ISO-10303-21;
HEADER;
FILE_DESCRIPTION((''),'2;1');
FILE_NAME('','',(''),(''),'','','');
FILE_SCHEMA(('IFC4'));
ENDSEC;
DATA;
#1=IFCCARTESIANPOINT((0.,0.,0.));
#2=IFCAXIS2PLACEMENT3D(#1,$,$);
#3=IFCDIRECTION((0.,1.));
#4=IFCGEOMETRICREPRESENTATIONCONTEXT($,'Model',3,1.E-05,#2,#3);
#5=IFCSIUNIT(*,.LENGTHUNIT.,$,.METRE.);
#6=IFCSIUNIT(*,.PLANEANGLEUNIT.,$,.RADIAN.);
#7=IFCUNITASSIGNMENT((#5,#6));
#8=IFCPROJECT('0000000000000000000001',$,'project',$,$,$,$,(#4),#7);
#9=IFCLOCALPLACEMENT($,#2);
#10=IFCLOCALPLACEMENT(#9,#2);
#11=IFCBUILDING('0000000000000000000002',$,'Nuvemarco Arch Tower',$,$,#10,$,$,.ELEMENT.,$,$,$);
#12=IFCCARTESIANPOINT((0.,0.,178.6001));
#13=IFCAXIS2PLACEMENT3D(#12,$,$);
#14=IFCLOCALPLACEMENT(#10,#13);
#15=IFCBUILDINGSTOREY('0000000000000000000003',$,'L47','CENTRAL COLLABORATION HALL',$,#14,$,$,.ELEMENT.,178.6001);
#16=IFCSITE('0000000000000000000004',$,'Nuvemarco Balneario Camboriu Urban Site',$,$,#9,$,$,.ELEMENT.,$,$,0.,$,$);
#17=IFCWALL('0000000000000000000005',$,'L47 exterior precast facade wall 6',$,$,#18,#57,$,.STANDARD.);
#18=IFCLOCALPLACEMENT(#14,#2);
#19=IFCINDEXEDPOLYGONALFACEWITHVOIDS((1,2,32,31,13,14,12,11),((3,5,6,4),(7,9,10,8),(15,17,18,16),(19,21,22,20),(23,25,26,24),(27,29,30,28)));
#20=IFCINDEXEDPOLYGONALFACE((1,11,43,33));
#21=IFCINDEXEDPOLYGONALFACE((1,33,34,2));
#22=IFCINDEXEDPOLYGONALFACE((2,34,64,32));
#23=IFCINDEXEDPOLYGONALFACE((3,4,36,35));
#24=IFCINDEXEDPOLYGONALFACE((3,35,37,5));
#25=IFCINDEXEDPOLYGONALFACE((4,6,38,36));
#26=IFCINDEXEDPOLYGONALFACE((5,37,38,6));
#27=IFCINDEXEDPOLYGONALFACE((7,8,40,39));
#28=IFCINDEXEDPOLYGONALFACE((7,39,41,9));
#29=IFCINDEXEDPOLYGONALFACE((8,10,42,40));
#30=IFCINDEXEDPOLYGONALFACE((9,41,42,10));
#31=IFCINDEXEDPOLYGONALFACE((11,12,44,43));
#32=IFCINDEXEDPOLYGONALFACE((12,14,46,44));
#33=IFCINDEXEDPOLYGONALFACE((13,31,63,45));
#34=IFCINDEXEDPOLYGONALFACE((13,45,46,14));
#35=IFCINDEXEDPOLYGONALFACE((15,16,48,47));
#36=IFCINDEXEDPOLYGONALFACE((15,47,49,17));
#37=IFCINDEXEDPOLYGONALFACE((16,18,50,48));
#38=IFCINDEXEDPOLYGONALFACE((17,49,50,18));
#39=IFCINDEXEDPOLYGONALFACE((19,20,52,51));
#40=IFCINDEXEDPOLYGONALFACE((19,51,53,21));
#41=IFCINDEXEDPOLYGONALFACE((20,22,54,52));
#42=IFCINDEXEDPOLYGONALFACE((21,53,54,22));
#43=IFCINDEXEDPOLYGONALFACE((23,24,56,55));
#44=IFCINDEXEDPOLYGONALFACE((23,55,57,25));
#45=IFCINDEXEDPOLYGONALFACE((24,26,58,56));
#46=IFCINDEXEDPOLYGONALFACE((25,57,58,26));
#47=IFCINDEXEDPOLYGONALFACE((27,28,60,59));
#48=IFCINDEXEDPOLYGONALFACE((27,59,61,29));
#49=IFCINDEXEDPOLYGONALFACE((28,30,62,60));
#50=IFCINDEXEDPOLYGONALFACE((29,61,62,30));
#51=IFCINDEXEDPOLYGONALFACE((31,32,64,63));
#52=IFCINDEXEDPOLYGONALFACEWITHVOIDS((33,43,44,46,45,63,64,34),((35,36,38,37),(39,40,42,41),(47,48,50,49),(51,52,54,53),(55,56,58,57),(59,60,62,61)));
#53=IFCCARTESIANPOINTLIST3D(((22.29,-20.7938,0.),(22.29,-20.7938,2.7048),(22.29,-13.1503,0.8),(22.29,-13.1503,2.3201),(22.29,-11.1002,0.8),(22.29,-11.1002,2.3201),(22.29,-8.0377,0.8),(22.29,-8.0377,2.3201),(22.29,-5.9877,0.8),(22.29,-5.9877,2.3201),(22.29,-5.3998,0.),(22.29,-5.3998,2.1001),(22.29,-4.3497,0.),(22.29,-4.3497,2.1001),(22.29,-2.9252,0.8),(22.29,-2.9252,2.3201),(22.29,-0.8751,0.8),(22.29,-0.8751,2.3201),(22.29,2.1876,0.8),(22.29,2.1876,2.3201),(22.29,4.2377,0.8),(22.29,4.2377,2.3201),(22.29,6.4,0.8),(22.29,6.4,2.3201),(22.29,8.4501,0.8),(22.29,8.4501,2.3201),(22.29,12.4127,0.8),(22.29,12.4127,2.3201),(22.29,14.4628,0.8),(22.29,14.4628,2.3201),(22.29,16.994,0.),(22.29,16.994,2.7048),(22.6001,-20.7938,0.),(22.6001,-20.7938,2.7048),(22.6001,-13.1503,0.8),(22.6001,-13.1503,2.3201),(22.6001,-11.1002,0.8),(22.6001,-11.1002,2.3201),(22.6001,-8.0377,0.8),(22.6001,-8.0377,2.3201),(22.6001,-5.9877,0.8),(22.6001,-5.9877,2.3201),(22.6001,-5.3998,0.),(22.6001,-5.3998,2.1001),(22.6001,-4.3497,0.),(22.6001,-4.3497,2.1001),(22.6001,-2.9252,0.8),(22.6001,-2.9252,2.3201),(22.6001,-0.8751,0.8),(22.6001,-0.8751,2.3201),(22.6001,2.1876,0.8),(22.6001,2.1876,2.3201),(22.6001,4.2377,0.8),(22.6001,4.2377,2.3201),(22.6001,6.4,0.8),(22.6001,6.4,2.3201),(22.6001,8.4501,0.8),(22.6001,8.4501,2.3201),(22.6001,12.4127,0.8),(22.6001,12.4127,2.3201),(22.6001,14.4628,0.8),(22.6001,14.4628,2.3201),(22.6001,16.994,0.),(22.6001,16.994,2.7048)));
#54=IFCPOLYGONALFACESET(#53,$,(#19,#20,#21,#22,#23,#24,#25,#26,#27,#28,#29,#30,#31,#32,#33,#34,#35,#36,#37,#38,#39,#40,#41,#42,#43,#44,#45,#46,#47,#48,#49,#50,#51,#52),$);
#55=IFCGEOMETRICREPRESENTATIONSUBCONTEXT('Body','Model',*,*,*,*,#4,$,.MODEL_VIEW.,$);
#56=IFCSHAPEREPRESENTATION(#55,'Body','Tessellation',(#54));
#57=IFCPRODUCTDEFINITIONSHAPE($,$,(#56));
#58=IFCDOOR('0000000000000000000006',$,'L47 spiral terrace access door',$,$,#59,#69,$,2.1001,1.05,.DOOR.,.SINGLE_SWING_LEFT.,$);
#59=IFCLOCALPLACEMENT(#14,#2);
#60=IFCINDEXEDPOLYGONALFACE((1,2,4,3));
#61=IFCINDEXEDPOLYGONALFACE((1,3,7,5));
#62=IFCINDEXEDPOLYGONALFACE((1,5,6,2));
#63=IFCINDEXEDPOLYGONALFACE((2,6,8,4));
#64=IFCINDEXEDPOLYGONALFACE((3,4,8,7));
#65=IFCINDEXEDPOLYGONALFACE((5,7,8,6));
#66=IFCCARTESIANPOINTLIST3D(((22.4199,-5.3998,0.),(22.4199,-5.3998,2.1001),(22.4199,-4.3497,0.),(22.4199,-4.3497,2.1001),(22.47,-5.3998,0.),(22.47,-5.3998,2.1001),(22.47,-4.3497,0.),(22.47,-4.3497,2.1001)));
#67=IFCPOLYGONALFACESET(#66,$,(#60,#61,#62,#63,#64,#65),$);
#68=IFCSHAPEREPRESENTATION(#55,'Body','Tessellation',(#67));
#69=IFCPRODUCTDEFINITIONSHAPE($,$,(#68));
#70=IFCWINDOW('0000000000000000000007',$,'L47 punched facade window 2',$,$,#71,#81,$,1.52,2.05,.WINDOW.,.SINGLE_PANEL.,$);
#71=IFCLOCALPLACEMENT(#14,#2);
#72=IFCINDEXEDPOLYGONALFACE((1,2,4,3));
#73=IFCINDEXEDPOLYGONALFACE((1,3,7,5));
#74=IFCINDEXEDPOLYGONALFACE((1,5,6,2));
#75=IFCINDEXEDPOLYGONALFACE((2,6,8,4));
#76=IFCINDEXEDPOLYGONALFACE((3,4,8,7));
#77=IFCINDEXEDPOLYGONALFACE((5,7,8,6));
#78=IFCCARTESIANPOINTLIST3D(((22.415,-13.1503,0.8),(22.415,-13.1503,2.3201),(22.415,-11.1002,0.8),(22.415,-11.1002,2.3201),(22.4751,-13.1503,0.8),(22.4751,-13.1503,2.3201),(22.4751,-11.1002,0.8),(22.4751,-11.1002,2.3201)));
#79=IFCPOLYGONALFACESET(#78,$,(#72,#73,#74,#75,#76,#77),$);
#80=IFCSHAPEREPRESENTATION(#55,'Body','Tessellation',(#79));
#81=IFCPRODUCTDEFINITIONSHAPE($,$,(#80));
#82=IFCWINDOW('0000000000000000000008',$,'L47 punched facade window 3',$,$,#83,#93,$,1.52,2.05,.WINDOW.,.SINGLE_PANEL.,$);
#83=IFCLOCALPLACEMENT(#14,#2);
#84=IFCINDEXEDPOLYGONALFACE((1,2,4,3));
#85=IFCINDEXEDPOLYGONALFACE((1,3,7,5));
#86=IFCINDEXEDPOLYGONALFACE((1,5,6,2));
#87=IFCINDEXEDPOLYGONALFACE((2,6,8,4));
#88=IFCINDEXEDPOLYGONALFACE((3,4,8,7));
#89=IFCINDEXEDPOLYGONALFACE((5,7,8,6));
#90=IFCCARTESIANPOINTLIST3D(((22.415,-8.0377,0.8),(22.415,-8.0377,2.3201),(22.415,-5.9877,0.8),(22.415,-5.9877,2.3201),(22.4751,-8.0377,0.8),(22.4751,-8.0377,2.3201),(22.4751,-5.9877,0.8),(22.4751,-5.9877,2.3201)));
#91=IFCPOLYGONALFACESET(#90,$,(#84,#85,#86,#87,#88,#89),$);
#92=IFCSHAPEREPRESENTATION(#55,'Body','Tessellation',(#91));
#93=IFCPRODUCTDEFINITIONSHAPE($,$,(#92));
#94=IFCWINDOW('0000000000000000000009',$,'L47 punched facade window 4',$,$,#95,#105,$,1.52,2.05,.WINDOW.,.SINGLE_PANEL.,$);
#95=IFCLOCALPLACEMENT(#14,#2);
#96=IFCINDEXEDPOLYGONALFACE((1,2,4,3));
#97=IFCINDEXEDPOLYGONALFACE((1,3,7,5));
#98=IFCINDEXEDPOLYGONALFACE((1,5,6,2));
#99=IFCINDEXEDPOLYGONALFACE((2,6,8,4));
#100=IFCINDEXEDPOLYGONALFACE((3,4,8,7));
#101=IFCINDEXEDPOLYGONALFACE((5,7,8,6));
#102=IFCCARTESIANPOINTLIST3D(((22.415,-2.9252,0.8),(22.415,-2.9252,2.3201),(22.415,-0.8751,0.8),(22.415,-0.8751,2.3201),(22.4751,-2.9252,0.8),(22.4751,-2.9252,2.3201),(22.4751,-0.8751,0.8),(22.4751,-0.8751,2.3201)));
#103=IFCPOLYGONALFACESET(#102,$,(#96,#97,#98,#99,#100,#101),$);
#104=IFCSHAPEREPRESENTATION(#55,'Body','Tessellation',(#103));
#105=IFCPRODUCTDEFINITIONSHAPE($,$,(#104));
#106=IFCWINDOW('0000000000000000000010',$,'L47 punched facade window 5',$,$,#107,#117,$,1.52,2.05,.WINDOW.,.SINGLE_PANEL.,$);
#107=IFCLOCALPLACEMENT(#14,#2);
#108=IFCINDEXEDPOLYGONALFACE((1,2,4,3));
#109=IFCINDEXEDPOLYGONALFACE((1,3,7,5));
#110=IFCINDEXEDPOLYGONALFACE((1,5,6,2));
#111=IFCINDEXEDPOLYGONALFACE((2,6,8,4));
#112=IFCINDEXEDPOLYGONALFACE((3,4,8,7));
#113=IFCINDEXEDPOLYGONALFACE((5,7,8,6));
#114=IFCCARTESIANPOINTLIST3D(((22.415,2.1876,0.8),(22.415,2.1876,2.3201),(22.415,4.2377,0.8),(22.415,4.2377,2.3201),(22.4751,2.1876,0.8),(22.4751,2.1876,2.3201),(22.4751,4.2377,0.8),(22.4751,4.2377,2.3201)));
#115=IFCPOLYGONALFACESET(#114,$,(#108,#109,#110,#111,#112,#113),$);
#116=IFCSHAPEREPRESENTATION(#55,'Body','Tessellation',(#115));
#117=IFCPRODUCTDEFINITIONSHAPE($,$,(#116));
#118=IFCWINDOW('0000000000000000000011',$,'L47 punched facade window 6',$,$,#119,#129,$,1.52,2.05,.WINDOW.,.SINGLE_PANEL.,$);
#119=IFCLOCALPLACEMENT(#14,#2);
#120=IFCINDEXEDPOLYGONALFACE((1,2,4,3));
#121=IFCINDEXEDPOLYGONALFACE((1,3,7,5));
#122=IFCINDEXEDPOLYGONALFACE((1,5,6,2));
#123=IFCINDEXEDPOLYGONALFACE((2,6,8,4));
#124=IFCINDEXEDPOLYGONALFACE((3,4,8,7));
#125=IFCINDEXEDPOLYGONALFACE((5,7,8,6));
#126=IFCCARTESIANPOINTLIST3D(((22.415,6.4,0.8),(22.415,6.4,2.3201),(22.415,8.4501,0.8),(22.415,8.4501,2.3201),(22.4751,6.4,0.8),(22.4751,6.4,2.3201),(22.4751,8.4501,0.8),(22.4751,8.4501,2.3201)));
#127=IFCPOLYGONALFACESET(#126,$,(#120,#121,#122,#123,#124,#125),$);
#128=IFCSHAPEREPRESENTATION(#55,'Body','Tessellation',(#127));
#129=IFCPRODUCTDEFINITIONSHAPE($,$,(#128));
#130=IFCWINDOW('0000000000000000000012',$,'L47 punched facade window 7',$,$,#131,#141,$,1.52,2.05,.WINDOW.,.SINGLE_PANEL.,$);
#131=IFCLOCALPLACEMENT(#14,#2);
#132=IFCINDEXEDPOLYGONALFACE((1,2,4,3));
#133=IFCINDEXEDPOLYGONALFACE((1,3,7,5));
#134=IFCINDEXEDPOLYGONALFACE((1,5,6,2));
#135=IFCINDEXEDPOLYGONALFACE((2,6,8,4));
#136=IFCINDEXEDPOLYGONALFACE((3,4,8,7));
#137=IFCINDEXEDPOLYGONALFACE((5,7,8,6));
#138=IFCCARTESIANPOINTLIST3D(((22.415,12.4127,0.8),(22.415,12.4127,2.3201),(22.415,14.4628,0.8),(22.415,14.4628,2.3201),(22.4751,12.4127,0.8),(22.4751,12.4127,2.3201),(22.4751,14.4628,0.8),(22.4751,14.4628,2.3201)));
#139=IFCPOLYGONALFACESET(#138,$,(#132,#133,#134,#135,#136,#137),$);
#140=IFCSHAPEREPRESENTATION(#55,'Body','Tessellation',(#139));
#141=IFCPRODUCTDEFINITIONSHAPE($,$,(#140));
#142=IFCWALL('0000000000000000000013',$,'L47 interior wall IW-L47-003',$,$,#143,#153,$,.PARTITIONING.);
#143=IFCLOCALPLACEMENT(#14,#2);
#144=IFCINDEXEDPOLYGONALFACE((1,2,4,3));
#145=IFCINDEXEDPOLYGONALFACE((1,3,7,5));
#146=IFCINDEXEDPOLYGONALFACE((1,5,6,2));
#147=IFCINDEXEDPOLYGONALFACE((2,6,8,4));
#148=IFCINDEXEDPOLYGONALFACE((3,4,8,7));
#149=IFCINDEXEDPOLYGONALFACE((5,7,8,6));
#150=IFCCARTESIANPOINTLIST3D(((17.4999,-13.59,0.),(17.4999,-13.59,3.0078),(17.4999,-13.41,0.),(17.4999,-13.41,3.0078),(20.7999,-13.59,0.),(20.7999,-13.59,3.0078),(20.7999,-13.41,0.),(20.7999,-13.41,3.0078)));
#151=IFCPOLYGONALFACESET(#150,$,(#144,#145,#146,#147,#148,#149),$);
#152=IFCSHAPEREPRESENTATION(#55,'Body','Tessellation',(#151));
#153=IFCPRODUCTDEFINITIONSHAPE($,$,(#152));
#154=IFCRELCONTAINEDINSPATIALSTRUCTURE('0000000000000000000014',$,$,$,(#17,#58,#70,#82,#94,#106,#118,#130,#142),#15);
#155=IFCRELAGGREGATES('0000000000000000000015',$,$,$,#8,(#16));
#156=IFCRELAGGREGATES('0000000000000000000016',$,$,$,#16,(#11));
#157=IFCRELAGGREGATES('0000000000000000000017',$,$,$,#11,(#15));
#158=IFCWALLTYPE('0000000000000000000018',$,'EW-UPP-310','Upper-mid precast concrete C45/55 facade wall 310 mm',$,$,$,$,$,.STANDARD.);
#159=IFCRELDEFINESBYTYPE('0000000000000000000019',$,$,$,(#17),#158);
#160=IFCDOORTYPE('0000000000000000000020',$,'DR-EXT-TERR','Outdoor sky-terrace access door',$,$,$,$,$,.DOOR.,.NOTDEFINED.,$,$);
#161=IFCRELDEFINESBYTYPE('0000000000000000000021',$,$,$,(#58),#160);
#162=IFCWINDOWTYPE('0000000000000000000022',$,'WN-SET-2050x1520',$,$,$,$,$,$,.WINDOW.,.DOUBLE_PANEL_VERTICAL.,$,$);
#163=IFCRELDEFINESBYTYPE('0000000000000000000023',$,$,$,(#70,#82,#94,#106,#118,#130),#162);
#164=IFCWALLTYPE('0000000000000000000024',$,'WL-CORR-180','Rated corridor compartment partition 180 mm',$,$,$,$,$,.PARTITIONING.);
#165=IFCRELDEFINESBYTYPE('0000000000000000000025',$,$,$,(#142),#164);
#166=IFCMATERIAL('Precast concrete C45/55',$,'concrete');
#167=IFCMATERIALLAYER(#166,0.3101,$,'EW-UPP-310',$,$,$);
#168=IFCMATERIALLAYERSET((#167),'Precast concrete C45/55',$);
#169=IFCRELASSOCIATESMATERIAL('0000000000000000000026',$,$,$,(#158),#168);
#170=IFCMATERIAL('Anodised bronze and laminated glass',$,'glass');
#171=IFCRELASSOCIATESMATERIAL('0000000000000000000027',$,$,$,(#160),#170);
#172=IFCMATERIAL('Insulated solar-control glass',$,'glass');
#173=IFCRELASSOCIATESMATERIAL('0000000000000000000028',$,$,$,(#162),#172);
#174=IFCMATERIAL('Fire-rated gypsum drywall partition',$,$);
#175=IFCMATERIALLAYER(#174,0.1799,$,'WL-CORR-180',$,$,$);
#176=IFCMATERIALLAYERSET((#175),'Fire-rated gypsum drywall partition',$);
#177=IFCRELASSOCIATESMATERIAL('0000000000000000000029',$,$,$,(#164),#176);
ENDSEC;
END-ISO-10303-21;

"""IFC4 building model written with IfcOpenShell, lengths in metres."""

from ifc_helpers import new_model, si_unit, direction, frame, frame_2d, origin, place, context, subcontext, project, spatial, rectangle, extrude, source, transform, mapped, material, layer, layer_set, type_object, type_shapes, element, fill, save


model = new_model("IFC4")

# Units and contexts
model_context = context("Model", 3, precision=1e-05, world=origin(), true_north=direction((0.0, 1.0)))
body_context = subcontext(model_context, "Body", "Model", "MODEL_VIEW")
ifc_project = project(units=[si_unit("LENGTHUNIT", "METRE"), si_unit("PLANEANGLEUNIT", "RADIAN")], contexts=[model_context])

# Site, building, storey
site_placement = place(None, origin())
site = spatial("IfcSite", under=ifc_project, at=site_placement, Name="Nuvemarco Balneario Camboriu Urban Site", CompositionType="ELEMENT", RefElevation=0.0)
building_placement = place(site_placement, origin())
building = spatial("IfcBuilding", under=site, at=building_placement, Name="Nuvemarco Arch Tower", CompositionType="ELEMENT")
storey_placement = place(building_placement, frame((0.0, 0.0, 178.6001)))
storey = spatial("IfcBuildingStorey", under=building, at=storey_placement, Name="L47", Description="CENTRAL COLLABORATION HALL", CompositionType="ELEMENT", Elevation=178.6001)

# Shared definitions
ifc_material_1 = material(Name="Precast concrete C45/55", Category="concrete")

# Shared definitions
ifc_layer_1 = layer(ifc_material_1, 0.3101, Name="EW-UPP-310")
ifc_layer_set_1 = layer_set([ifc_layer_1], Name="Precast concrete C45/55")
wall_type_1 = type_object("IfcWallType", Name="EW-UPP-310", Description="Upper-mid precast concrete C45/55 facade wall 310 mm", PredefinedType="STANDARD", material=ifc_layer_set_1)

# Wall, openings, door, windows
wall_1_placement = place(storey_placement, frame((22.4451, -20.7939, 0.0), z_axis=(0.0, 0.0, 1.0), x_axis=(0.0, 1.0, 0.0)))
wall_1 = element("IfcWall", 1, at=wall_1_placement, inside=storey, type_object=wall_type_1, Name="L47 exterior precast facade wall 6", PredefinedType="STANDARD", context=body_context, shape_type="SweptSolid", body=[
    extrude(rectangle(XDim=37.7878, YDim=0.3101, at=frame_2d((18.894, 0.0))), origin(), (0.0, 0.0, 1.0), 2.7048),
])
opening_1_placement = place(wall_1_placement, frame((16.4441, 0.0, 0.0), z_axis=(0.0, 0.0, 1.0), x_axis=(-1.0, 0.0, 0.0)))
opening_1 = element("IfcOpeningElement", 2, at=opening_1_placement, cuts=wall_1, PredefinedType="OPENING", context=body_context, shape_type="SweptSolid", body=[
    extrude(rectangle(XDim=1.05, YDim=2.1001, at=frame_2d((0.5249, 1.05))), frame((0.0, 0.165, 0.0), z_axis=(0.0, -1.0, 0.0), x_axis=(1.0, 0.0, 0.0)), (0.0, 0.0, 1.0), 0.3301),
])
opening_2_placement = place(wall_1_placement, frame((7.6438, 0.0, 0.8)))
opening_2 = element("IfcOpeningElement", 3, at=opening_2_placement, cuts=wall_1, PredefinedType="OPENING", context=body_context, shape_type="SweptSolid", body=[
    extrude(rectangle(XDim=2.05, YDim=1.52, at=frame_2d((1.0249, 0.76))), frame((0.0, 0.165, 0.0), z_axis=(0.0, -1.0, 0.0), x_axis=(1.0, 0.0, 0.0)), (0.0, 0.0, 1.0), 0.3301),
])
opening_3_placement = place(wall_1_placement, frame((12.7563, 0.0, 0.8)))
opening_3 = element("IfcOpeningElement", 4, at=opening_3_placement, cuts=wall_1, PredefinedType="OPENING", context=body_context, shape_type="SweptSolid", body=[
    extrude(rectangle(XDim=2.05, YDim=1.52, at=frame_2d((1.0249, 0.76))), frame((0.0, 0.165, 0.0), z_axis=(0.0, -1.0, 0.0), x_axis=(1.0, 0.0, 0.0)), (0.0, 0.0, 1.0), 0.3301),
])
opening_4_placement = place(wall_1_placement, frame((17.8689, 0.0, 0.8)))
opening_4 = element("IfcOpeningElement", 5, at=opening_4_placement, cuts=wall_1, PredefinedType="OPENING", context=body_context, shape_type="SweptSolid", body=[
    extrude(rectangle(XDim=2.05, YDim=1.52, at=frame_2d((1.0249, 0.76))), frame((0.0, 0.165, 0.0), z_axis=(0.0, -1.0, 0.0), x_axis=(1.0, 0.0, 0.0)), (0.0, 0.0, 1.0), 0.3301),
])
opening_5_placement = place(wall_1_placement, frame((22.9817, 0.0, 0.8)))
opening_5 = element("IfcOpeningElement", 6, at=opening_5_placement, cuts=wall_1, PredefinedType="OPENING", context=body_context, shape_type="SweptSolid", body=[
    extrude(rectangle(XDim=2.05, YDim=1.52, at=frame_2d((1.0249, 0.76))), frame((0.0, 0.165, 0.0), z_axis=(0.0, -1.0, 0.0), x_axis=(1.0, 0.0, 0.0)), (0.0, 0.0, 1.0), 0.3301),
])
opening_6_placement = place(wall_1_placement, frame((27.1941, 0.0, 0.8)))
opening_6 = element("IfcOpeningElement", 7, at=opening_6_placement, cuts=wall_1, PredefinedType="OPENING", context=body_context, shape_type="SweptSolid", body=[
    extrude(rectangle(XDim=2.05, YDim=1.52, at=frame_2d((1.0249, 0.76))), frame((0.0, 0.165, 0.0), z_axis=(0.0, -1.0, 0.0), x_axis=(1.0, 0.0, 0.0)), (0.0, 0.0, 1.0), 0.3301),
])
opening_7_placement = place(wall_1_placement, frame((33.2068, 0.0, 0.8)))
opening_7 = element("IfcOpeningElement", 8, at=opening_7_placement, cuts=wall_1, PredefinedType="OPENING", context=body_context, shape_type="SweptSolid", body=[
    extrude(rectangle(XDim=2.05, YDim=1.52, at=frame_2d((1.0249, 0.76))), frame((0.0, 0.165, 0.0), z_axis=(0.0, -1.0, 0.0), x_axis=(1.0, 0.0, 0.0)), (0.0, 0.0, 1.0), 0.3301),
])
ifc_material_2 = material(Name="Anodised bronze and laminated glass", Category="glass")
door_type_1 = type_object("IfcDoorType", Name="DR-EXT-TERR", Description="Outdoor sky-terrace access door", OperationType="NOTDEFINED", PredefinedType="DOOR", material=ifc_material_2)
shared_shape_1 = source(origin(), body_context, "Body", "SweptSolid", [
    extrude(rectangle(XDim=1.05, YDim=2.1001, at=frame_2d((0.5249, 1.05))), frame((0.0, 0.0249, 0.0), z_axis=(0.0, -1.0, 0.0), x_axis=(1.0, 0.0, 0.0)), (0.0, 0.0, 1.0), 0.05),
])
type_shapes(door_type_1, [shared_shape_1])
door_1_placement = place(opening_1_placement, origin())
door_1 = element("IfcDoor", 9, at=door_1_placement, inside=storey, type_object=door_type_1, Name="L47 spiral terrace access door", OperationType="SINGLE_SWING_LEFT", OverallHeight=2.1001, OverallWidth=1.05, PredefinedType="DOOR", context=body_context, shape_type="MappedRepresentation", body=[
    mapped(shared_shape_1, transform((0.0, 0.0, 0.0), scale=1.0)),
])
fill(opening_1, door_1)
ifc_material_3 = material(Name="Insulated solar-control glass", Category="glass")
window_type = type_object("IfcWindowType", Name="WN-SET-2050x1520", PartitioningType="DOUBLE_PANEL_VERTICAL", PredefinedType="WINDOW", material=ifc_material_3)
shared_shape_2 = source(origin(), body_context, "Body", "SweptSolid", [
    extrude(rectangle(XDim=2.05, YDim=1.52, at=frame_2d((1.0249, 0.76))), frame((0.0, 0.03, 0.0), z_axis=(0.0, -1.0, 0.0), x_axis=(1.0, 0.0, 0.0)), (0.0, 0.0, 1.0), 0.0601),
])
type_shapes(window_type, [shared_shape_2])
window_1_placement = place(opening_2_placement, origin())
window_1 = element("IfcWindow", 10, at=window_1_placement, inside=storey, type_object=window_type, Name="L47 punched facade window 2", OverallHeight=1.52, OverallWidth=2.05, PartitioningType="SINGLE_PANEL", PredefinedType="WINDOW", context=body_context, shape_type="MappedRepresentation", body=[
    mapped(shared_shape_2, transform((0.0, 0.0, 0.0), scale=1.0)),
])
fill(opening_2, window_1)
window_2_placement = place(opening_3_placement, origin())
window_2 = element("IfcWindow", 11, at=window_2_placement, inside=storey, type_object=window_type, Name="L47 punched facade window 3", OverallHeight=1.52, OverallWidth=2.05, PartitioningType="SINGLE_PANEL", PredefinedType="WINDOW", context=body_context, shape_type="MappedRepresentation", body=[
    mapped(shared_shape_2, transform((0.0, 0.0, 0.0), scale=1.0)),
])
fill(opening_3, window_2)
window_3_placement = place(opening_4_placement, origin())
window_3 = element("IfcWindow", 12, at=window_3_placement, inside=storey, type_object=window_type, Name="L47 punched facade window 4", OverallHeight=1.52, OverallWidth=2.05, PartitioningType="SINGLE_PANEL", PredefinedType="WINDOW", context=body_context, shape_type="MappedRepresentation", body=[
    mapped(shared_shape_2, transform((0.0, 0.0, 0.0), scale=1.0)),
])
fill(opening_4, window_3)
window_4_placement = place(opening_5_placement, origin())
window_4 = element("IfcWindow", 13, at=window_4_placement, inside=storey, type_object=window_type, Name="L47 punched facade window 5", OverallHeight=1.52, OverallWidth=2.05, PartitioningType="SINGLE_PANEL", PredefinedType="WINDOW", context=body_context, shape_type="MappedRepresentation", body=[
    mapped(shared_shape_2, transform((0.0, 0.0, 0.0), scale=1.0)),
])
fill(opening_5, window_4)
window_5_placement = place(opening_6_placement, origin())
window_5 = element("IfcWindow", 14, at=window_5_placement, inside=storey, type_object=window_type, Name="L47 punched facade window 6", OverallHeight=1.52, OverallWidth=2.05, PartitioningType="SINGLE_PANEL", PredefinedType="WINDOW", context=body_context, shape_type="MappedRepresentation", body=[
    mapped(shared_shape_2, transform((0.0, 0.0, 0.0), scale=1.0)),
])
fill(opening_6, window_5)
window_6_placement = place(opening_7_placement, origin())
window_6 = element("IfcWindow", 15, at=window_6_placement, inside=storey, type_object=window_type, Name="L47 punched facade window 7", OverallHeight=1.52, OverallWidth=2.05, PartitioningType="SINGLE_PANEL", PredefinedType="WINDOW", context=body_context, shape_type="MappedRepresentation", body=[
    mapped(shared_shape_2, transform((0.0, 0.0, 0.0), scale=1.0)),
])
fill(opening_7, window_6)

# Wall
ifc_material_4 = material(Name="Fire-rated gypsum drywall partition")
ifc_layer_2 = layer(ifc_material_4, 0.1799, Name="WL-CORR-180")
ifc_layer_set_2 = layer_set([ifc_layer_2], Name="Fire-rated gypsum drywall partition")
wall_type_2 = type_object("IfcWallType", Name="WL-CORR-180", Description="Rated corridor compartment partition 180 mm", PredefinedType="PARTITIONING", material=ifc_layer_set_2)
wall_2_placement = place(storey_placement, frame((17.5, -13.5, 0.0), z_axis=(0.0, 0.0, 1.0), x_axis=(1.0, 0.0, 0.0)))
element("IfcWall", 16, at=wall_2_placement, inside=storey, type_object=wall_type_2, Name="L47 interior wall IW-L47-003", PredefinedType="PARTITIONING", context=body_context, shape_type="SweptSolid", body=[
    extrude(rectangle(XDim=3.3, YDim=0.1799, at=frame_2d((1.6499, 0.0))), origin(), (0.0, 0.0, 1.0), 3.0078),
])

save(model, "model.ifc")
